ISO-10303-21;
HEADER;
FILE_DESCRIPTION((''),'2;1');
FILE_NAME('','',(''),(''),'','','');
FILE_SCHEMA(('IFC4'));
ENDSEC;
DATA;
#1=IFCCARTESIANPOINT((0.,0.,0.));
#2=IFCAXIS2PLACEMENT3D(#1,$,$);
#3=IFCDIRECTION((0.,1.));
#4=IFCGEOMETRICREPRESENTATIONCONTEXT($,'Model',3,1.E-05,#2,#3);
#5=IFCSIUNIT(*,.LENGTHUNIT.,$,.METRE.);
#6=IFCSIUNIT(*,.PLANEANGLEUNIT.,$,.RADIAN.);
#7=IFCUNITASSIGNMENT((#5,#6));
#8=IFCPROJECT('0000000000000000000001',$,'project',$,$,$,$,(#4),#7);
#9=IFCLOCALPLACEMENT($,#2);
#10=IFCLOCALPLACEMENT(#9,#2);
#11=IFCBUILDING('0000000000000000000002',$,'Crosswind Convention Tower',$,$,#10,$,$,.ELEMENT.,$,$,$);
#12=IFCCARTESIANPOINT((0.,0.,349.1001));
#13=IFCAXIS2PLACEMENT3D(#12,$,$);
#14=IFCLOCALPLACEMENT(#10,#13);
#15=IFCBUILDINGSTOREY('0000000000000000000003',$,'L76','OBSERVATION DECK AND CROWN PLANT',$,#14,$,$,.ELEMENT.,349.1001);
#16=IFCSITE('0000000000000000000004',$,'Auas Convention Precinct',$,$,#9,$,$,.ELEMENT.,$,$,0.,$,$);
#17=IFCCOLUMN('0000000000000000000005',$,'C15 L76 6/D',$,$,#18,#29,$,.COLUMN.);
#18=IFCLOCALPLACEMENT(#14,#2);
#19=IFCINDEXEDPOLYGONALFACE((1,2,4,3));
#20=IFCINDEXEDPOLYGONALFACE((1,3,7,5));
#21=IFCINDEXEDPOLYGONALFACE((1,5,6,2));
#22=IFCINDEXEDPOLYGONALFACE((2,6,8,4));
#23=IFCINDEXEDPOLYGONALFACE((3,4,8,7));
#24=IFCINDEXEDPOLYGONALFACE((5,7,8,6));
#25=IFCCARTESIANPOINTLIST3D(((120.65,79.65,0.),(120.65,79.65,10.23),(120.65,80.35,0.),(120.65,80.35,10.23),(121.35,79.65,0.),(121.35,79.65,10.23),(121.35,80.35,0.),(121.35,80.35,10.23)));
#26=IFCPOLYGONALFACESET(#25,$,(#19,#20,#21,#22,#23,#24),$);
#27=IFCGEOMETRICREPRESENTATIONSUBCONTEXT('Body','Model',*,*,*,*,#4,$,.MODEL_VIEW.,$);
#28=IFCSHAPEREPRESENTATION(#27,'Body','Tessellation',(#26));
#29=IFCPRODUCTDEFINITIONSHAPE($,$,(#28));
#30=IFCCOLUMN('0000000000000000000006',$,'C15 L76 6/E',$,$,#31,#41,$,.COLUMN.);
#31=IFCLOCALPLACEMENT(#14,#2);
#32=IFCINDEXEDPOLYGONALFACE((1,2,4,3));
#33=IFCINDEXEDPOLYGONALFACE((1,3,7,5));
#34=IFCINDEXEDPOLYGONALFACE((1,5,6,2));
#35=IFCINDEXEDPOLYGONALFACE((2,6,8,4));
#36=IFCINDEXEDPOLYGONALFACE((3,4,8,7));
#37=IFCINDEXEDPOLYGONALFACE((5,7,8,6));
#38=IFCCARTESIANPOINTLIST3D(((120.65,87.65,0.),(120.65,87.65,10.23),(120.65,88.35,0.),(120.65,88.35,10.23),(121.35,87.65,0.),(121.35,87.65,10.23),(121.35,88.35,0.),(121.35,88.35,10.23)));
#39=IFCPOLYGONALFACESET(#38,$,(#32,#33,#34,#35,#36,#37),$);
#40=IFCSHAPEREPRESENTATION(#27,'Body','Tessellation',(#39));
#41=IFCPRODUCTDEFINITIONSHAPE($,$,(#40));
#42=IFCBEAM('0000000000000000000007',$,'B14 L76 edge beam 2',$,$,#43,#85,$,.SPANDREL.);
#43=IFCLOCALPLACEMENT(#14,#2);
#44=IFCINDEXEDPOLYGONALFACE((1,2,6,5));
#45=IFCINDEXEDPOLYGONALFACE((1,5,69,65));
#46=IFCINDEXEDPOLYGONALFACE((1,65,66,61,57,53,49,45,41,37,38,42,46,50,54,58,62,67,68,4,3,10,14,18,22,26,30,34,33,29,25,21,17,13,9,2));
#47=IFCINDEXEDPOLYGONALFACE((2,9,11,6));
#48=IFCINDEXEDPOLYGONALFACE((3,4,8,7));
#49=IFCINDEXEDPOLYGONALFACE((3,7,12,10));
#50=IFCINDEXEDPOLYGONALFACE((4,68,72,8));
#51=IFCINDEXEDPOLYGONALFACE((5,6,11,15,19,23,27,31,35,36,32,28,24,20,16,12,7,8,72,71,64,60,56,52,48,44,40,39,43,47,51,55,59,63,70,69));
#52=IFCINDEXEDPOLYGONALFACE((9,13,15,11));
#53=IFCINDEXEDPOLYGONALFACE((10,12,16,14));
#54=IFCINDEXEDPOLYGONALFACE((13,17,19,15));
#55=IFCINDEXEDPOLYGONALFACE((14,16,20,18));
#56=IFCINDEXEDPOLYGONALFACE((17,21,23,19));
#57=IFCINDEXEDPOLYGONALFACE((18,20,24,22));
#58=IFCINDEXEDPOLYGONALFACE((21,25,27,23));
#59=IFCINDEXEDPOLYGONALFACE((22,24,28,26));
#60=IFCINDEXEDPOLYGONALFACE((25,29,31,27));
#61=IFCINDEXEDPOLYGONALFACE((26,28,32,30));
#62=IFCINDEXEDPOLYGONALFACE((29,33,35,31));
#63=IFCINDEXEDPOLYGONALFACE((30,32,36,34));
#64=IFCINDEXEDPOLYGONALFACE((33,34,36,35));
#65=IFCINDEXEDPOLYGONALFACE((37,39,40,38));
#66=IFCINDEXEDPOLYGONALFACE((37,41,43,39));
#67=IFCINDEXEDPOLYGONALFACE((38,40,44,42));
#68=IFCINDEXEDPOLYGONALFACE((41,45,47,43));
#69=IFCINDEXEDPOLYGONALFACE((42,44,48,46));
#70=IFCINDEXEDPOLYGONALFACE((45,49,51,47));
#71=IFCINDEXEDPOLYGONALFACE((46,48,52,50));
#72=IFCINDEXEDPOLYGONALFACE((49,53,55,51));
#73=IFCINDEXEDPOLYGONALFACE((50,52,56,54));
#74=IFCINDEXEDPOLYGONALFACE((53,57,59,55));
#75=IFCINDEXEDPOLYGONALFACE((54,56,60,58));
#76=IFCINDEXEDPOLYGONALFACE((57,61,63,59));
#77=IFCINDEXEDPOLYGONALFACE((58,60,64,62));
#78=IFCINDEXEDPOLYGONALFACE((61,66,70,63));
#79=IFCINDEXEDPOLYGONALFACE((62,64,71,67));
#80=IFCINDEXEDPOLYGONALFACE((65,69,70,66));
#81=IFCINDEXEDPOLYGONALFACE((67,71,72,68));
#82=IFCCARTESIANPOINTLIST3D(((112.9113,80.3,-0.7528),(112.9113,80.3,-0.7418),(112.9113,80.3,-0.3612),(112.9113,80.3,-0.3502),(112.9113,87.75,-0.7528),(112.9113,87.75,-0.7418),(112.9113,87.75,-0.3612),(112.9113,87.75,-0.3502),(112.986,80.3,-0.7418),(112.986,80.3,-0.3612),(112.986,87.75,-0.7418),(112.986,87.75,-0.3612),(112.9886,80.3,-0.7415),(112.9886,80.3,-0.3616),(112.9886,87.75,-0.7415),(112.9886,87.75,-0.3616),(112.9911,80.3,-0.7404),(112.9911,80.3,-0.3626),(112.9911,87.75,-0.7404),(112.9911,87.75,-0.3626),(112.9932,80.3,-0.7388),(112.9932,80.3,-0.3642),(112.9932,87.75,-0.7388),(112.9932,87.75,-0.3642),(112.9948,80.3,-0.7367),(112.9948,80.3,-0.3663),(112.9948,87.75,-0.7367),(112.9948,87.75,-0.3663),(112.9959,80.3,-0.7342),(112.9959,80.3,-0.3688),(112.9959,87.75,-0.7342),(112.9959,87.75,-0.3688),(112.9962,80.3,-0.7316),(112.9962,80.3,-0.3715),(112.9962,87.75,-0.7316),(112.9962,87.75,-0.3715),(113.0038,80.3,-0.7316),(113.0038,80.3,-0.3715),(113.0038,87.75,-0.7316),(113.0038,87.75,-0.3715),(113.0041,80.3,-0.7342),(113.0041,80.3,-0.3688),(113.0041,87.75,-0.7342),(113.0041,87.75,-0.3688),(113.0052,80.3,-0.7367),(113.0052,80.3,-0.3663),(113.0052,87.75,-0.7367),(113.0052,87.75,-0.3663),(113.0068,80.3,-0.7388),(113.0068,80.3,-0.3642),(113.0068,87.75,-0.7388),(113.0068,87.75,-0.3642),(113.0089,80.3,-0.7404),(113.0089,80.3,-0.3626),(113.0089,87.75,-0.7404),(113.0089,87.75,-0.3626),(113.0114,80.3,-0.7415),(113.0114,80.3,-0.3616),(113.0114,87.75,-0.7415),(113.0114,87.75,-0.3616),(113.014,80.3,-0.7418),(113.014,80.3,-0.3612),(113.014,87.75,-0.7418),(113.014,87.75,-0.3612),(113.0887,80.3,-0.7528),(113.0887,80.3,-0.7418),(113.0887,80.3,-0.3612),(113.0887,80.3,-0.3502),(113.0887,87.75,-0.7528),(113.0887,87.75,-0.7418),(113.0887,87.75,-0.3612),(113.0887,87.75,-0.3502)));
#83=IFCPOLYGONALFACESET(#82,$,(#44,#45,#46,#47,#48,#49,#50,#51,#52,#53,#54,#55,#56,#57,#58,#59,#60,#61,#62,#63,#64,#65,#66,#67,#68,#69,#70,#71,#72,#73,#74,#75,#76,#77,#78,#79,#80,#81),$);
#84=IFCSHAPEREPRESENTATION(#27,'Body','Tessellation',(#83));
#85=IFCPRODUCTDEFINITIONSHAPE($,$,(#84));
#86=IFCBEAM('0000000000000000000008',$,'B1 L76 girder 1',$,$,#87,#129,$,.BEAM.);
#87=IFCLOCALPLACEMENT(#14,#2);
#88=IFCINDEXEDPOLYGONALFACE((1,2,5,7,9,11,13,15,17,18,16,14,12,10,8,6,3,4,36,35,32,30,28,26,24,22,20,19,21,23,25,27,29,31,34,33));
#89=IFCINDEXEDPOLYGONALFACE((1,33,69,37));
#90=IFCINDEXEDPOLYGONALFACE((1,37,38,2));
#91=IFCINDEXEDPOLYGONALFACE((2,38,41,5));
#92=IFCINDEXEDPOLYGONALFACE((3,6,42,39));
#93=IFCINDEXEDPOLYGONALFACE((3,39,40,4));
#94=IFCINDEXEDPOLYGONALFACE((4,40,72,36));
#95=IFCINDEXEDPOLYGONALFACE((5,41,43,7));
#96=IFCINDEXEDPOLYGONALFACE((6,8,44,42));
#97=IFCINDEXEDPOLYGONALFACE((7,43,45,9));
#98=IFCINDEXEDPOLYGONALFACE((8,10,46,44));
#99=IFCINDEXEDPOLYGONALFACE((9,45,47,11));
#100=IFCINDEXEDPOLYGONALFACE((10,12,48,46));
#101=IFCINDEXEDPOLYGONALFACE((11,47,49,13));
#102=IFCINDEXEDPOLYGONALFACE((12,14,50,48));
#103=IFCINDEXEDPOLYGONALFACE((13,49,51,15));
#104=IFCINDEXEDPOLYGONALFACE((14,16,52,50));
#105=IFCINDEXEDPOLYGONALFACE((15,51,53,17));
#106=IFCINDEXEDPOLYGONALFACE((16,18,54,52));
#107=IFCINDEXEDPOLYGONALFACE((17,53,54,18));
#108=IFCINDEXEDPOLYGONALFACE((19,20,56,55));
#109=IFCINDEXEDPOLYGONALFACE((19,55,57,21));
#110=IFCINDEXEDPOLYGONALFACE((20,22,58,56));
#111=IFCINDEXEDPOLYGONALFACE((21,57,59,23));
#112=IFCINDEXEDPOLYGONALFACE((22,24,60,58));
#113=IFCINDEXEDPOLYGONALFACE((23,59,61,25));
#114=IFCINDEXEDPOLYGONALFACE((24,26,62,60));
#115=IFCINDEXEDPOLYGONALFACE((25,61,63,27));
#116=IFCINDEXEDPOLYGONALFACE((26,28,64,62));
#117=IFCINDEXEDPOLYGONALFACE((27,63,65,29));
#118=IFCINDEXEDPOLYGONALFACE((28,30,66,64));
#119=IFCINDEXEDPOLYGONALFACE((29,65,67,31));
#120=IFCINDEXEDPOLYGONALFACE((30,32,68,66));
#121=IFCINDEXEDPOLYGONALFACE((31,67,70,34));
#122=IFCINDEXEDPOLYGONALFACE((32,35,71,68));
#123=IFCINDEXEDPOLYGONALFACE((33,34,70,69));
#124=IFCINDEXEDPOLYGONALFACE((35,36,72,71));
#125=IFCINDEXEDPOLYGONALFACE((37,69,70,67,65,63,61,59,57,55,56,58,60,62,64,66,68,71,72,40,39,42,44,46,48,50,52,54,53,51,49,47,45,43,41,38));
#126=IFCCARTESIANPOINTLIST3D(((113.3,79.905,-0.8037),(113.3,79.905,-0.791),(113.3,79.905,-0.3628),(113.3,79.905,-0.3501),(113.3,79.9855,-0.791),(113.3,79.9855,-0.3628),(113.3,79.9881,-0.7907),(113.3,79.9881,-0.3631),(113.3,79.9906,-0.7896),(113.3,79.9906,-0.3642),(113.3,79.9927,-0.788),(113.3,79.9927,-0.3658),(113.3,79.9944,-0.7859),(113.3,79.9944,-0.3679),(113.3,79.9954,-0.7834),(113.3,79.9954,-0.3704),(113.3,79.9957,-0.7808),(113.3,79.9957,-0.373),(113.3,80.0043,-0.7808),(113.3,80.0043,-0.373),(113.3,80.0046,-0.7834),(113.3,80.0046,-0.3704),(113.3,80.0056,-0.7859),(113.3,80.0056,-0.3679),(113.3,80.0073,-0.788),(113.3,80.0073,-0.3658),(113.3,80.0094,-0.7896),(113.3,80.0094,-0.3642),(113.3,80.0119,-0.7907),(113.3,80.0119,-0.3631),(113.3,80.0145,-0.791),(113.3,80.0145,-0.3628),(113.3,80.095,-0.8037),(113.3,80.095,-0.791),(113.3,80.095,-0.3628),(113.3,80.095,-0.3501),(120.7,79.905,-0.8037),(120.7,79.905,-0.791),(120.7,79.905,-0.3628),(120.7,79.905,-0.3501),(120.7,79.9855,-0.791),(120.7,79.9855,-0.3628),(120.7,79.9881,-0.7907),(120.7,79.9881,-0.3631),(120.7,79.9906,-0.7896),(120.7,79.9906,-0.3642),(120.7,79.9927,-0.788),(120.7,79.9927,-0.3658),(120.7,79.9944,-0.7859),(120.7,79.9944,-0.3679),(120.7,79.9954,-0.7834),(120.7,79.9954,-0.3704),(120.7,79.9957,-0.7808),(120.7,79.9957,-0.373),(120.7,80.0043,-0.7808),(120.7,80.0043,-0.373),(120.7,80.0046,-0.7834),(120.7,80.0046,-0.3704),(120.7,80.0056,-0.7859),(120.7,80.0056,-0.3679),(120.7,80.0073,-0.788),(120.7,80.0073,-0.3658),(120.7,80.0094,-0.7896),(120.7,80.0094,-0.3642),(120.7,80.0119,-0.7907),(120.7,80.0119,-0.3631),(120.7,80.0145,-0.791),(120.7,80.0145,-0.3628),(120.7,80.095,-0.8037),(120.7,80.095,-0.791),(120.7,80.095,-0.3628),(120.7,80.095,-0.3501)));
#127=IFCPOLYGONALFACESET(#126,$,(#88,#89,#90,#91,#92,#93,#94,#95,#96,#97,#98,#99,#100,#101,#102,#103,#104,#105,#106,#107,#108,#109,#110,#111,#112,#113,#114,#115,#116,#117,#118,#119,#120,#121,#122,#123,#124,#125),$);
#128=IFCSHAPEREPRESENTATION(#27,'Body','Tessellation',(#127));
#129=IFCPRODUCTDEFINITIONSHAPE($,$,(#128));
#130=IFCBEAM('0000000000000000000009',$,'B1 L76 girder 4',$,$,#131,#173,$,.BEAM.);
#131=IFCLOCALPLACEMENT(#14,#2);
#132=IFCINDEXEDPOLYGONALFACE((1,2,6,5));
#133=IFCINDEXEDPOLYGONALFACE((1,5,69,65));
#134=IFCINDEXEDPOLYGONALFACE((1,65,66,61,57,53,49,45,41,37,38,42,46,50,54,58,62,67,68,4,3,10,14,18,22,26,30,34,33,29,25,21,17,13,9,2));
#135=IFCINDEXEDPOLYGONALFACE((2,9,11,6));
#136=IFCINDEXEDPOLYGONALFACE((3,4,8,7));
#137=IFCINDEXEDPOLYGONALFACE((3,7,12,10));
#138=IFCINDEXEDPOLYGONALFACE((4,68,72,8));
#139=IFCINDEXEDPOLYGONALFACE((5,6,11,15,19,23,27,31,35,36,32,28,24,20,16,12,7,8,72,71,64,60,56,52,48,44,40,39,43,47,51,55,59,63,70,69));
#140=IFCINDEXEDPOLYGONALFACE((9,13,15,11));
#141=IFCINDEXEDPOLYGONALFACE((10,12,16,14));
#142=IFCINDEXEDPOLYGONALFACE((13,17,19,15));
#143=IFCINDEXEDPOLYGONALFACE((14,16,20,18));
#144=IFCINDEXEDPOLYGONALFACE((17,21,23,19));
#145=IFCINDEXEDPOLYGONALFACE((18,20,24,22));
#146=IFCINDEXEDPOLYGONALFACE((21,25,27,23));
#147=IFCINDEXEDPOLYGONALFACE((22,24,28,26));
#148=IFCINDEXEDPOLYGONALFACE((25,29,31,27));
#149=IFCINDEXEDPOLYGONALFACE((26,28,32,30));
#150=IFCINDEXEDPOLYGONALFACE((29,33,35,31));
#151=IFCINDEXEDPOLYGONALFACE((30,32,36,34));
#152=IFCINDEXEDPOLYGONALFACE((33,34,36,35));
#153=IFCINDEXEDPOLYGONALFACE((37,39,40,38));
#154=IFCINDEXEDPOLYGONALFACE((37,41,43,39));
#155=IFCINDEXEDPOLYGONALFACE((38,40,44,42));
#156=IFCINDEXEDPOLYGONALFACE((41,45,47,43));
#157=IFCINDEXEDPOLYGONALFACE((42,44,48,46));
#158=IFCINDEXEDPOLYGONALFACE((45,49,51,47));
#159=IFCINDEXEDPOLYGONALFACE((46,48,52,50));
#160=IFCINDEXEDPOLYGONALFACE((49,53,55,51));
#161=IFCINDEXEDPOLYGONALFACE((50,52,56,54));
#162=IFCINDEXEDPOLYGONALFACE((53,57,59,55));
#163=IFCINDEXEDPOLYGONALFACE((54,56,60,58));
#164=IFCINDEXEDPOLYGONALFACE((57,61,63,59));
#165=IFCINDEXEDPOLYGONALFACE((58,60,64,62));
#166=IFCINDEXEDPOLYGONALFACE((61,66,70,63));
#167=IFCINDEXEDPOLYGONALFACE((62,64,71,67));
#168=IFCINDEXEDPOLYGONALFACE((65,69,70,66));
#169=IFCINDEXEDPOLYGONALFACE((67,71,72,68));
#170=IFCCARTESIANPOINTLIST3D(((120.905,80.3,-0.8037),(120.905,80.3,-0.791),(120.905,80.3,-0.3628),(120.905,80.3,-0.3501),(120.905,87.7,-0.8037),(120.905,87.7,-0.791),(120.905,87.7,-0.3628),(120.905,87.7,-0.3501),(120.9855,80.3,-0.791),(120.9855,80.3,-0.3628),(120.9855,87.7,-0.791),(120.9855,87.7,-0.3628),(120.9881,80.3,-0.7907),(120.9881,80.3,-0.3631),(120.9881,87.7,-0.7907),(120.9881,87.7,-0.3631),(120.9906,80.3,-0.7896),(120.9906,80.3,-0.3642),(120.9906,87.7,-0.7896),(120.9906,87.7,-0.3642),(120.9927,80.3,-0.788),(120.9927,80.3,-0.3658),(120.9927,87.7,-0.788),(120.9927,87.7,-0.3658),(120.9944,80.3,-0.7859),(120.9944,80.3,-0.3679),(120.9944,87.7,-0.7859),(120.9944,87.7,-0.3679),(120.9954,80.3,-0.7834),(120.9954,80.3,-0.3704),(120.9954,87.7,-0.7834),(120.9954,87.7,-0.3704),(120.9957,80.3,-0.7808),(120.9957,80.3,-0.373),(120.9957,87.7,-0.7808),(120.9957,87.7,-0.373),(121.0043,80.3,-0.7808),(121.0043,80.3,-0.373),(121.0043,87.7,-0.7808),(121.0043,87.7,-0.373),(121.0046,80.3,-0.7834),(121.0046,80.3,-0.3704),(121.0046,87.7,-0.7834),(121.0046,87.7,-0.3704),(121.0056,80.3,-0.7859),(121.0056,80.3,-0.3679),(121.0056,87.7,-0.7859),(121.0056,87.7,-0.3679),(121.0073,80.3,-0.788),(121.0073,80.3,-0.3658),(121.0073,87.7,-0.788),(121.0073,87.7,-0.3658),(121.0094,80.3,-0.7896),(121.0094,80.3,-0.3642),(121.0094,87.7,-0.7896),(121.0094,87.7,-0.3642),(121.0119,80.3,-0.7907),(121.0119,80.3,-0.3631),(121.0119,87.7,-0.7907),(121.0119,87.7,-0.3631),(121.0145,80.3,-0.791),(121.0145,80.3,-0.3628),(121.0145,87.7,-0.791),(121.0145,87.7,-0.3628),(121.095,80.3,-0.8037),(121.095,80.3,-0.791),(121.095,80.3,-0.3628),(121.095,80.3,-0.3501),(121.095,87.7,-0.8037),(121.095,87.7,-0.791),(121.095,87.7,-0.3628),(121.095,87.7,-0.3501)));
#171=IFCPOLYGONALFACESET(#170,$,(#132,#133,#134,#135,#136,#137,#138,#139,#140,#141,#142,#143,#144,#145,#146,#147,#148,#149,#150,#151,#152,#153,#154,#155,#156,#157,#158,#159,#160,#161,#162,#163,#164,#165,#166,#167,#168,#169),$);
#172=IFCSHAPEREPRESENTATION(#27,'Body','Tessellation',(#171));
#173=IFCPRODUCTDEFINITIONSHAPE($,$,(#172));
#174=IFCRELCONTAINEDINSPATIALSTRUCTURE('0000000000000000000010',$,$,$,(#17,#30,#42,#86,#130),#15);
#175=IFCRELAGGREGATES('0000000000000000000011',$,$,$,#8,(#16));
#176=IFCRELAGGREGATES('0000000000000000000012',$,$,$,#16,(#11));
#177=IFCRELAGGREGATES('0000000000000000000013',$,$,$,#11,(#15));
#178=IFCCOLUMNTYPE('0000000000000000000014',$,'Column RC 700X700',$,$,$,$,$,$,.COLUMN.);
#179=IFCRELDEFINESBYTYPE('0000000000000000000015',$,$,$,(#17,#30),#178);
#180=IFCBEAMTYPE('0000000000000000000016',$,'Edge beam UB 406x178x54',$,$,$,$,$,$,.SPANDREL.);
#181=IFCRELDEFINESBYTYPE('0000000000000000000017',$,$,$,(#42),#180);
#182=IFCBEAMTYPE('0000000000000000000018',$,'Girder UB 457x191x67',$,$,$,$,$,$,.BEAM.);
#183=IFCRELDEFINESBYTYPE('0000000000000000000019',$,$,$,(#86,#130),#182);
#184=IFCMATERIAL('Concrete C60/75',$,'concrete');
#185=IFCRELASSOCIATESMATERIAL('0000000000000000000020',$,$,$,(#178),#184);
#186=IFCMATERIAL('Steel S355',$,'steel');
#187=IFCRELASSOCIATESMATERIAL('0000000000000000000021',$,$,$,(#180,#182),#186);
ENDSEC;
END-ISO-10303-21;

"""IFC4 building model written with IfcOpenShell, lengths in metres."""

from ifc_helpers import new_model, si_unit, direction, frame, origin, origin_2d, place, context, subcontext, project, spatial, rectangle, i_section, extrude, material, material_profile, profile_set, type_object, element, save


model = new_model("IFC4")

# Units and contexts
model_context = context("Model", 3, precision=1e-05, world=origin(), true_north=direction((0.0, 1.0)))
body_context = subcontext(model_context, "Body", "Model", "MODEL_VIEW")
ifc_project = project(units=[si_unit("LENGTHUNIT", "METRE"), si_unit("PLANEANGLEUNIT", "RADIAN")], contexts=[model_context])

# Site, building, storey
site_placement = place(None, origin())
site = spatial("IfcSite", under=ifc_project, at=site_placement, Name="Auas Convention Precinct", CompositionType="ELEMENT", RefElevation=0.0)
building_placement = place(site_placement, origin())
building = spatial("IfcBuilding", under=site, at=building_placement, Name="Crosswind Convention Tower", CompositionType="ELEMENT")
storey_placement = place(building_placement, frame((0.0, 0.0, 349.1001)))
storey = spatial("IfcBuildingStorey", under=building, at=storey_placement, Name="L76", Description="OBSERVATION DECK AND CROWN PLANT", CompositionType="ELEMENT", Elevation=349.1001)

# Columns
ifc_material_1 = material(Name="Concrete C60/75", Category="concrete")
ifc_material_profile_1 = material_profile(ifc_material_1, rectangle(XDim=0.7, YDim=0.7, at=origin_2d()), Name="RC 700X700")
ifc_profile_set_1 = profile_set([ifc_material_profile_1], Name="Concrete C60/75")
column_type = type_object("IfcColumnType", Name="Column RC 700X700", PredefinedType="COLUMN", material=ifc_profile_set_1)
for number, where, z_axis, x_axis, name in (
    (1, (121.0, 80.0, 0.0), (0.0, 0.0, 1.0), (1.0, 0.0, 0.0), "C15 L76 6/D"),
    (2, (121.0, 88.0, 0.0), (0.0, 0.0, 1.0), (1.0, 0.0, 0.0), "C15 L76 6/E"),
):
    element("IfcColumn", number, at=place(storey_placement, frame(where, z_axis=z_axis, x_axis=x_axis)), inside=storey, type_object=column_type, Name=name, PredefinedType="COLUMN", context=body_context, shape_type="SweptSolid", body=[
        extrude(rectangle(XDim=0.7, YDim=0.7, at=origin_2d()), origin(), (0.0, 0.0, 1.0), 10.23),
    ])

# Beams
ifc_material_2 = material(Name="Steel S355", Category="steel")
ifc_material_profile_2 = material_profile(ifc_material_2, i_section(OverallWidth=0.1775, OverallDepth=0.4026, WebThickness=0.0076, FlangeThickness=0.011, FilletRadius=0.0103, at=origin_2d()), Name="UB 406x178x54")
ifc_profile_set_2 = profile_set([ifc_material_profile_2], Name="Steel S355")
beam_type_1 = type_object("IfcBeamType", Name="Edge beam UB 406x178x54", PredefinedType="SPANDREL", material=ifc_profile_set_2)
beam_1_placement = place(storey_placement, frame((113.0, 80.3, -0.5515), z_axis=(0.0, 1.0, 0.0), x_axis=(-1.0, 0.0, 0.0)))
element("IfcBeam", 3, at=beam_1_placement, inside=storey, type_object=beam_type_1, Name="B14 L76 edge beam 2", PredefinedType="SPANDREL", context=body_context, shape_type="SweptSolid", body=[
    extrude(i_section(OverallWidth=0.1775, OverallDepth=0.4026, WebThickness=0.0076, FlangeThickness=0.011, FilletRadius=0.0103, at=origin_2d()), origin(), (0.0, 0.0, 1.0), 7.45),
])
ifc_material_profile_3 = material_profile(ifc_material_2, i_section(OverallWidth=0.1899, OverallDepth=0.4536, WebThickness=0.0085, FlangeThickness=0.0127, FilletRadius=0.0103, at=origin_2d()), Name="UB 457x191x67")
ifc_profile_set_3 = profile_set([ifc_material_profile_3], Name="Steel S355")
beam_type_2 = type_object("IfcBeamType", Name="Girder UB 457x191x67", PredefinedType="BEAM", material=ifc_profile_set_3)
for number, where, z_axis, x_axis, name in (
    (4, (113.3, 80.0, -0.5769), (1.0, 0.0, 0.0), (0.0, 1.0, 0.0), "B1 L76 girder 1"),
    (5, (121.0, 80.3, -0.5769), (0.0, 1.0, 0.0), (-1.0, 0.0, 0.0), "B1 L76 girder 4"),
):
    element("IfcBeam", number, at=place(storey_placement, frame(where, z_axis=z_axis, x_axis=x_axis)), inside=storey, type_object=beam_type_2, Name=name, PredefinedType="BEAM", context=body_context, shape_type="SweptSolid", body=[
        extrude(i_section(OverallWidth=0.1899, OverallDepth=0.4536, WebThickness=0.0085, FlangeThickness=0.0127, FilletRadius=0.0103, at=origin_2d()), origin(), (0.0, 0.0, 1.0), 7.3999),
    ])

save(model, "model.ifc")
